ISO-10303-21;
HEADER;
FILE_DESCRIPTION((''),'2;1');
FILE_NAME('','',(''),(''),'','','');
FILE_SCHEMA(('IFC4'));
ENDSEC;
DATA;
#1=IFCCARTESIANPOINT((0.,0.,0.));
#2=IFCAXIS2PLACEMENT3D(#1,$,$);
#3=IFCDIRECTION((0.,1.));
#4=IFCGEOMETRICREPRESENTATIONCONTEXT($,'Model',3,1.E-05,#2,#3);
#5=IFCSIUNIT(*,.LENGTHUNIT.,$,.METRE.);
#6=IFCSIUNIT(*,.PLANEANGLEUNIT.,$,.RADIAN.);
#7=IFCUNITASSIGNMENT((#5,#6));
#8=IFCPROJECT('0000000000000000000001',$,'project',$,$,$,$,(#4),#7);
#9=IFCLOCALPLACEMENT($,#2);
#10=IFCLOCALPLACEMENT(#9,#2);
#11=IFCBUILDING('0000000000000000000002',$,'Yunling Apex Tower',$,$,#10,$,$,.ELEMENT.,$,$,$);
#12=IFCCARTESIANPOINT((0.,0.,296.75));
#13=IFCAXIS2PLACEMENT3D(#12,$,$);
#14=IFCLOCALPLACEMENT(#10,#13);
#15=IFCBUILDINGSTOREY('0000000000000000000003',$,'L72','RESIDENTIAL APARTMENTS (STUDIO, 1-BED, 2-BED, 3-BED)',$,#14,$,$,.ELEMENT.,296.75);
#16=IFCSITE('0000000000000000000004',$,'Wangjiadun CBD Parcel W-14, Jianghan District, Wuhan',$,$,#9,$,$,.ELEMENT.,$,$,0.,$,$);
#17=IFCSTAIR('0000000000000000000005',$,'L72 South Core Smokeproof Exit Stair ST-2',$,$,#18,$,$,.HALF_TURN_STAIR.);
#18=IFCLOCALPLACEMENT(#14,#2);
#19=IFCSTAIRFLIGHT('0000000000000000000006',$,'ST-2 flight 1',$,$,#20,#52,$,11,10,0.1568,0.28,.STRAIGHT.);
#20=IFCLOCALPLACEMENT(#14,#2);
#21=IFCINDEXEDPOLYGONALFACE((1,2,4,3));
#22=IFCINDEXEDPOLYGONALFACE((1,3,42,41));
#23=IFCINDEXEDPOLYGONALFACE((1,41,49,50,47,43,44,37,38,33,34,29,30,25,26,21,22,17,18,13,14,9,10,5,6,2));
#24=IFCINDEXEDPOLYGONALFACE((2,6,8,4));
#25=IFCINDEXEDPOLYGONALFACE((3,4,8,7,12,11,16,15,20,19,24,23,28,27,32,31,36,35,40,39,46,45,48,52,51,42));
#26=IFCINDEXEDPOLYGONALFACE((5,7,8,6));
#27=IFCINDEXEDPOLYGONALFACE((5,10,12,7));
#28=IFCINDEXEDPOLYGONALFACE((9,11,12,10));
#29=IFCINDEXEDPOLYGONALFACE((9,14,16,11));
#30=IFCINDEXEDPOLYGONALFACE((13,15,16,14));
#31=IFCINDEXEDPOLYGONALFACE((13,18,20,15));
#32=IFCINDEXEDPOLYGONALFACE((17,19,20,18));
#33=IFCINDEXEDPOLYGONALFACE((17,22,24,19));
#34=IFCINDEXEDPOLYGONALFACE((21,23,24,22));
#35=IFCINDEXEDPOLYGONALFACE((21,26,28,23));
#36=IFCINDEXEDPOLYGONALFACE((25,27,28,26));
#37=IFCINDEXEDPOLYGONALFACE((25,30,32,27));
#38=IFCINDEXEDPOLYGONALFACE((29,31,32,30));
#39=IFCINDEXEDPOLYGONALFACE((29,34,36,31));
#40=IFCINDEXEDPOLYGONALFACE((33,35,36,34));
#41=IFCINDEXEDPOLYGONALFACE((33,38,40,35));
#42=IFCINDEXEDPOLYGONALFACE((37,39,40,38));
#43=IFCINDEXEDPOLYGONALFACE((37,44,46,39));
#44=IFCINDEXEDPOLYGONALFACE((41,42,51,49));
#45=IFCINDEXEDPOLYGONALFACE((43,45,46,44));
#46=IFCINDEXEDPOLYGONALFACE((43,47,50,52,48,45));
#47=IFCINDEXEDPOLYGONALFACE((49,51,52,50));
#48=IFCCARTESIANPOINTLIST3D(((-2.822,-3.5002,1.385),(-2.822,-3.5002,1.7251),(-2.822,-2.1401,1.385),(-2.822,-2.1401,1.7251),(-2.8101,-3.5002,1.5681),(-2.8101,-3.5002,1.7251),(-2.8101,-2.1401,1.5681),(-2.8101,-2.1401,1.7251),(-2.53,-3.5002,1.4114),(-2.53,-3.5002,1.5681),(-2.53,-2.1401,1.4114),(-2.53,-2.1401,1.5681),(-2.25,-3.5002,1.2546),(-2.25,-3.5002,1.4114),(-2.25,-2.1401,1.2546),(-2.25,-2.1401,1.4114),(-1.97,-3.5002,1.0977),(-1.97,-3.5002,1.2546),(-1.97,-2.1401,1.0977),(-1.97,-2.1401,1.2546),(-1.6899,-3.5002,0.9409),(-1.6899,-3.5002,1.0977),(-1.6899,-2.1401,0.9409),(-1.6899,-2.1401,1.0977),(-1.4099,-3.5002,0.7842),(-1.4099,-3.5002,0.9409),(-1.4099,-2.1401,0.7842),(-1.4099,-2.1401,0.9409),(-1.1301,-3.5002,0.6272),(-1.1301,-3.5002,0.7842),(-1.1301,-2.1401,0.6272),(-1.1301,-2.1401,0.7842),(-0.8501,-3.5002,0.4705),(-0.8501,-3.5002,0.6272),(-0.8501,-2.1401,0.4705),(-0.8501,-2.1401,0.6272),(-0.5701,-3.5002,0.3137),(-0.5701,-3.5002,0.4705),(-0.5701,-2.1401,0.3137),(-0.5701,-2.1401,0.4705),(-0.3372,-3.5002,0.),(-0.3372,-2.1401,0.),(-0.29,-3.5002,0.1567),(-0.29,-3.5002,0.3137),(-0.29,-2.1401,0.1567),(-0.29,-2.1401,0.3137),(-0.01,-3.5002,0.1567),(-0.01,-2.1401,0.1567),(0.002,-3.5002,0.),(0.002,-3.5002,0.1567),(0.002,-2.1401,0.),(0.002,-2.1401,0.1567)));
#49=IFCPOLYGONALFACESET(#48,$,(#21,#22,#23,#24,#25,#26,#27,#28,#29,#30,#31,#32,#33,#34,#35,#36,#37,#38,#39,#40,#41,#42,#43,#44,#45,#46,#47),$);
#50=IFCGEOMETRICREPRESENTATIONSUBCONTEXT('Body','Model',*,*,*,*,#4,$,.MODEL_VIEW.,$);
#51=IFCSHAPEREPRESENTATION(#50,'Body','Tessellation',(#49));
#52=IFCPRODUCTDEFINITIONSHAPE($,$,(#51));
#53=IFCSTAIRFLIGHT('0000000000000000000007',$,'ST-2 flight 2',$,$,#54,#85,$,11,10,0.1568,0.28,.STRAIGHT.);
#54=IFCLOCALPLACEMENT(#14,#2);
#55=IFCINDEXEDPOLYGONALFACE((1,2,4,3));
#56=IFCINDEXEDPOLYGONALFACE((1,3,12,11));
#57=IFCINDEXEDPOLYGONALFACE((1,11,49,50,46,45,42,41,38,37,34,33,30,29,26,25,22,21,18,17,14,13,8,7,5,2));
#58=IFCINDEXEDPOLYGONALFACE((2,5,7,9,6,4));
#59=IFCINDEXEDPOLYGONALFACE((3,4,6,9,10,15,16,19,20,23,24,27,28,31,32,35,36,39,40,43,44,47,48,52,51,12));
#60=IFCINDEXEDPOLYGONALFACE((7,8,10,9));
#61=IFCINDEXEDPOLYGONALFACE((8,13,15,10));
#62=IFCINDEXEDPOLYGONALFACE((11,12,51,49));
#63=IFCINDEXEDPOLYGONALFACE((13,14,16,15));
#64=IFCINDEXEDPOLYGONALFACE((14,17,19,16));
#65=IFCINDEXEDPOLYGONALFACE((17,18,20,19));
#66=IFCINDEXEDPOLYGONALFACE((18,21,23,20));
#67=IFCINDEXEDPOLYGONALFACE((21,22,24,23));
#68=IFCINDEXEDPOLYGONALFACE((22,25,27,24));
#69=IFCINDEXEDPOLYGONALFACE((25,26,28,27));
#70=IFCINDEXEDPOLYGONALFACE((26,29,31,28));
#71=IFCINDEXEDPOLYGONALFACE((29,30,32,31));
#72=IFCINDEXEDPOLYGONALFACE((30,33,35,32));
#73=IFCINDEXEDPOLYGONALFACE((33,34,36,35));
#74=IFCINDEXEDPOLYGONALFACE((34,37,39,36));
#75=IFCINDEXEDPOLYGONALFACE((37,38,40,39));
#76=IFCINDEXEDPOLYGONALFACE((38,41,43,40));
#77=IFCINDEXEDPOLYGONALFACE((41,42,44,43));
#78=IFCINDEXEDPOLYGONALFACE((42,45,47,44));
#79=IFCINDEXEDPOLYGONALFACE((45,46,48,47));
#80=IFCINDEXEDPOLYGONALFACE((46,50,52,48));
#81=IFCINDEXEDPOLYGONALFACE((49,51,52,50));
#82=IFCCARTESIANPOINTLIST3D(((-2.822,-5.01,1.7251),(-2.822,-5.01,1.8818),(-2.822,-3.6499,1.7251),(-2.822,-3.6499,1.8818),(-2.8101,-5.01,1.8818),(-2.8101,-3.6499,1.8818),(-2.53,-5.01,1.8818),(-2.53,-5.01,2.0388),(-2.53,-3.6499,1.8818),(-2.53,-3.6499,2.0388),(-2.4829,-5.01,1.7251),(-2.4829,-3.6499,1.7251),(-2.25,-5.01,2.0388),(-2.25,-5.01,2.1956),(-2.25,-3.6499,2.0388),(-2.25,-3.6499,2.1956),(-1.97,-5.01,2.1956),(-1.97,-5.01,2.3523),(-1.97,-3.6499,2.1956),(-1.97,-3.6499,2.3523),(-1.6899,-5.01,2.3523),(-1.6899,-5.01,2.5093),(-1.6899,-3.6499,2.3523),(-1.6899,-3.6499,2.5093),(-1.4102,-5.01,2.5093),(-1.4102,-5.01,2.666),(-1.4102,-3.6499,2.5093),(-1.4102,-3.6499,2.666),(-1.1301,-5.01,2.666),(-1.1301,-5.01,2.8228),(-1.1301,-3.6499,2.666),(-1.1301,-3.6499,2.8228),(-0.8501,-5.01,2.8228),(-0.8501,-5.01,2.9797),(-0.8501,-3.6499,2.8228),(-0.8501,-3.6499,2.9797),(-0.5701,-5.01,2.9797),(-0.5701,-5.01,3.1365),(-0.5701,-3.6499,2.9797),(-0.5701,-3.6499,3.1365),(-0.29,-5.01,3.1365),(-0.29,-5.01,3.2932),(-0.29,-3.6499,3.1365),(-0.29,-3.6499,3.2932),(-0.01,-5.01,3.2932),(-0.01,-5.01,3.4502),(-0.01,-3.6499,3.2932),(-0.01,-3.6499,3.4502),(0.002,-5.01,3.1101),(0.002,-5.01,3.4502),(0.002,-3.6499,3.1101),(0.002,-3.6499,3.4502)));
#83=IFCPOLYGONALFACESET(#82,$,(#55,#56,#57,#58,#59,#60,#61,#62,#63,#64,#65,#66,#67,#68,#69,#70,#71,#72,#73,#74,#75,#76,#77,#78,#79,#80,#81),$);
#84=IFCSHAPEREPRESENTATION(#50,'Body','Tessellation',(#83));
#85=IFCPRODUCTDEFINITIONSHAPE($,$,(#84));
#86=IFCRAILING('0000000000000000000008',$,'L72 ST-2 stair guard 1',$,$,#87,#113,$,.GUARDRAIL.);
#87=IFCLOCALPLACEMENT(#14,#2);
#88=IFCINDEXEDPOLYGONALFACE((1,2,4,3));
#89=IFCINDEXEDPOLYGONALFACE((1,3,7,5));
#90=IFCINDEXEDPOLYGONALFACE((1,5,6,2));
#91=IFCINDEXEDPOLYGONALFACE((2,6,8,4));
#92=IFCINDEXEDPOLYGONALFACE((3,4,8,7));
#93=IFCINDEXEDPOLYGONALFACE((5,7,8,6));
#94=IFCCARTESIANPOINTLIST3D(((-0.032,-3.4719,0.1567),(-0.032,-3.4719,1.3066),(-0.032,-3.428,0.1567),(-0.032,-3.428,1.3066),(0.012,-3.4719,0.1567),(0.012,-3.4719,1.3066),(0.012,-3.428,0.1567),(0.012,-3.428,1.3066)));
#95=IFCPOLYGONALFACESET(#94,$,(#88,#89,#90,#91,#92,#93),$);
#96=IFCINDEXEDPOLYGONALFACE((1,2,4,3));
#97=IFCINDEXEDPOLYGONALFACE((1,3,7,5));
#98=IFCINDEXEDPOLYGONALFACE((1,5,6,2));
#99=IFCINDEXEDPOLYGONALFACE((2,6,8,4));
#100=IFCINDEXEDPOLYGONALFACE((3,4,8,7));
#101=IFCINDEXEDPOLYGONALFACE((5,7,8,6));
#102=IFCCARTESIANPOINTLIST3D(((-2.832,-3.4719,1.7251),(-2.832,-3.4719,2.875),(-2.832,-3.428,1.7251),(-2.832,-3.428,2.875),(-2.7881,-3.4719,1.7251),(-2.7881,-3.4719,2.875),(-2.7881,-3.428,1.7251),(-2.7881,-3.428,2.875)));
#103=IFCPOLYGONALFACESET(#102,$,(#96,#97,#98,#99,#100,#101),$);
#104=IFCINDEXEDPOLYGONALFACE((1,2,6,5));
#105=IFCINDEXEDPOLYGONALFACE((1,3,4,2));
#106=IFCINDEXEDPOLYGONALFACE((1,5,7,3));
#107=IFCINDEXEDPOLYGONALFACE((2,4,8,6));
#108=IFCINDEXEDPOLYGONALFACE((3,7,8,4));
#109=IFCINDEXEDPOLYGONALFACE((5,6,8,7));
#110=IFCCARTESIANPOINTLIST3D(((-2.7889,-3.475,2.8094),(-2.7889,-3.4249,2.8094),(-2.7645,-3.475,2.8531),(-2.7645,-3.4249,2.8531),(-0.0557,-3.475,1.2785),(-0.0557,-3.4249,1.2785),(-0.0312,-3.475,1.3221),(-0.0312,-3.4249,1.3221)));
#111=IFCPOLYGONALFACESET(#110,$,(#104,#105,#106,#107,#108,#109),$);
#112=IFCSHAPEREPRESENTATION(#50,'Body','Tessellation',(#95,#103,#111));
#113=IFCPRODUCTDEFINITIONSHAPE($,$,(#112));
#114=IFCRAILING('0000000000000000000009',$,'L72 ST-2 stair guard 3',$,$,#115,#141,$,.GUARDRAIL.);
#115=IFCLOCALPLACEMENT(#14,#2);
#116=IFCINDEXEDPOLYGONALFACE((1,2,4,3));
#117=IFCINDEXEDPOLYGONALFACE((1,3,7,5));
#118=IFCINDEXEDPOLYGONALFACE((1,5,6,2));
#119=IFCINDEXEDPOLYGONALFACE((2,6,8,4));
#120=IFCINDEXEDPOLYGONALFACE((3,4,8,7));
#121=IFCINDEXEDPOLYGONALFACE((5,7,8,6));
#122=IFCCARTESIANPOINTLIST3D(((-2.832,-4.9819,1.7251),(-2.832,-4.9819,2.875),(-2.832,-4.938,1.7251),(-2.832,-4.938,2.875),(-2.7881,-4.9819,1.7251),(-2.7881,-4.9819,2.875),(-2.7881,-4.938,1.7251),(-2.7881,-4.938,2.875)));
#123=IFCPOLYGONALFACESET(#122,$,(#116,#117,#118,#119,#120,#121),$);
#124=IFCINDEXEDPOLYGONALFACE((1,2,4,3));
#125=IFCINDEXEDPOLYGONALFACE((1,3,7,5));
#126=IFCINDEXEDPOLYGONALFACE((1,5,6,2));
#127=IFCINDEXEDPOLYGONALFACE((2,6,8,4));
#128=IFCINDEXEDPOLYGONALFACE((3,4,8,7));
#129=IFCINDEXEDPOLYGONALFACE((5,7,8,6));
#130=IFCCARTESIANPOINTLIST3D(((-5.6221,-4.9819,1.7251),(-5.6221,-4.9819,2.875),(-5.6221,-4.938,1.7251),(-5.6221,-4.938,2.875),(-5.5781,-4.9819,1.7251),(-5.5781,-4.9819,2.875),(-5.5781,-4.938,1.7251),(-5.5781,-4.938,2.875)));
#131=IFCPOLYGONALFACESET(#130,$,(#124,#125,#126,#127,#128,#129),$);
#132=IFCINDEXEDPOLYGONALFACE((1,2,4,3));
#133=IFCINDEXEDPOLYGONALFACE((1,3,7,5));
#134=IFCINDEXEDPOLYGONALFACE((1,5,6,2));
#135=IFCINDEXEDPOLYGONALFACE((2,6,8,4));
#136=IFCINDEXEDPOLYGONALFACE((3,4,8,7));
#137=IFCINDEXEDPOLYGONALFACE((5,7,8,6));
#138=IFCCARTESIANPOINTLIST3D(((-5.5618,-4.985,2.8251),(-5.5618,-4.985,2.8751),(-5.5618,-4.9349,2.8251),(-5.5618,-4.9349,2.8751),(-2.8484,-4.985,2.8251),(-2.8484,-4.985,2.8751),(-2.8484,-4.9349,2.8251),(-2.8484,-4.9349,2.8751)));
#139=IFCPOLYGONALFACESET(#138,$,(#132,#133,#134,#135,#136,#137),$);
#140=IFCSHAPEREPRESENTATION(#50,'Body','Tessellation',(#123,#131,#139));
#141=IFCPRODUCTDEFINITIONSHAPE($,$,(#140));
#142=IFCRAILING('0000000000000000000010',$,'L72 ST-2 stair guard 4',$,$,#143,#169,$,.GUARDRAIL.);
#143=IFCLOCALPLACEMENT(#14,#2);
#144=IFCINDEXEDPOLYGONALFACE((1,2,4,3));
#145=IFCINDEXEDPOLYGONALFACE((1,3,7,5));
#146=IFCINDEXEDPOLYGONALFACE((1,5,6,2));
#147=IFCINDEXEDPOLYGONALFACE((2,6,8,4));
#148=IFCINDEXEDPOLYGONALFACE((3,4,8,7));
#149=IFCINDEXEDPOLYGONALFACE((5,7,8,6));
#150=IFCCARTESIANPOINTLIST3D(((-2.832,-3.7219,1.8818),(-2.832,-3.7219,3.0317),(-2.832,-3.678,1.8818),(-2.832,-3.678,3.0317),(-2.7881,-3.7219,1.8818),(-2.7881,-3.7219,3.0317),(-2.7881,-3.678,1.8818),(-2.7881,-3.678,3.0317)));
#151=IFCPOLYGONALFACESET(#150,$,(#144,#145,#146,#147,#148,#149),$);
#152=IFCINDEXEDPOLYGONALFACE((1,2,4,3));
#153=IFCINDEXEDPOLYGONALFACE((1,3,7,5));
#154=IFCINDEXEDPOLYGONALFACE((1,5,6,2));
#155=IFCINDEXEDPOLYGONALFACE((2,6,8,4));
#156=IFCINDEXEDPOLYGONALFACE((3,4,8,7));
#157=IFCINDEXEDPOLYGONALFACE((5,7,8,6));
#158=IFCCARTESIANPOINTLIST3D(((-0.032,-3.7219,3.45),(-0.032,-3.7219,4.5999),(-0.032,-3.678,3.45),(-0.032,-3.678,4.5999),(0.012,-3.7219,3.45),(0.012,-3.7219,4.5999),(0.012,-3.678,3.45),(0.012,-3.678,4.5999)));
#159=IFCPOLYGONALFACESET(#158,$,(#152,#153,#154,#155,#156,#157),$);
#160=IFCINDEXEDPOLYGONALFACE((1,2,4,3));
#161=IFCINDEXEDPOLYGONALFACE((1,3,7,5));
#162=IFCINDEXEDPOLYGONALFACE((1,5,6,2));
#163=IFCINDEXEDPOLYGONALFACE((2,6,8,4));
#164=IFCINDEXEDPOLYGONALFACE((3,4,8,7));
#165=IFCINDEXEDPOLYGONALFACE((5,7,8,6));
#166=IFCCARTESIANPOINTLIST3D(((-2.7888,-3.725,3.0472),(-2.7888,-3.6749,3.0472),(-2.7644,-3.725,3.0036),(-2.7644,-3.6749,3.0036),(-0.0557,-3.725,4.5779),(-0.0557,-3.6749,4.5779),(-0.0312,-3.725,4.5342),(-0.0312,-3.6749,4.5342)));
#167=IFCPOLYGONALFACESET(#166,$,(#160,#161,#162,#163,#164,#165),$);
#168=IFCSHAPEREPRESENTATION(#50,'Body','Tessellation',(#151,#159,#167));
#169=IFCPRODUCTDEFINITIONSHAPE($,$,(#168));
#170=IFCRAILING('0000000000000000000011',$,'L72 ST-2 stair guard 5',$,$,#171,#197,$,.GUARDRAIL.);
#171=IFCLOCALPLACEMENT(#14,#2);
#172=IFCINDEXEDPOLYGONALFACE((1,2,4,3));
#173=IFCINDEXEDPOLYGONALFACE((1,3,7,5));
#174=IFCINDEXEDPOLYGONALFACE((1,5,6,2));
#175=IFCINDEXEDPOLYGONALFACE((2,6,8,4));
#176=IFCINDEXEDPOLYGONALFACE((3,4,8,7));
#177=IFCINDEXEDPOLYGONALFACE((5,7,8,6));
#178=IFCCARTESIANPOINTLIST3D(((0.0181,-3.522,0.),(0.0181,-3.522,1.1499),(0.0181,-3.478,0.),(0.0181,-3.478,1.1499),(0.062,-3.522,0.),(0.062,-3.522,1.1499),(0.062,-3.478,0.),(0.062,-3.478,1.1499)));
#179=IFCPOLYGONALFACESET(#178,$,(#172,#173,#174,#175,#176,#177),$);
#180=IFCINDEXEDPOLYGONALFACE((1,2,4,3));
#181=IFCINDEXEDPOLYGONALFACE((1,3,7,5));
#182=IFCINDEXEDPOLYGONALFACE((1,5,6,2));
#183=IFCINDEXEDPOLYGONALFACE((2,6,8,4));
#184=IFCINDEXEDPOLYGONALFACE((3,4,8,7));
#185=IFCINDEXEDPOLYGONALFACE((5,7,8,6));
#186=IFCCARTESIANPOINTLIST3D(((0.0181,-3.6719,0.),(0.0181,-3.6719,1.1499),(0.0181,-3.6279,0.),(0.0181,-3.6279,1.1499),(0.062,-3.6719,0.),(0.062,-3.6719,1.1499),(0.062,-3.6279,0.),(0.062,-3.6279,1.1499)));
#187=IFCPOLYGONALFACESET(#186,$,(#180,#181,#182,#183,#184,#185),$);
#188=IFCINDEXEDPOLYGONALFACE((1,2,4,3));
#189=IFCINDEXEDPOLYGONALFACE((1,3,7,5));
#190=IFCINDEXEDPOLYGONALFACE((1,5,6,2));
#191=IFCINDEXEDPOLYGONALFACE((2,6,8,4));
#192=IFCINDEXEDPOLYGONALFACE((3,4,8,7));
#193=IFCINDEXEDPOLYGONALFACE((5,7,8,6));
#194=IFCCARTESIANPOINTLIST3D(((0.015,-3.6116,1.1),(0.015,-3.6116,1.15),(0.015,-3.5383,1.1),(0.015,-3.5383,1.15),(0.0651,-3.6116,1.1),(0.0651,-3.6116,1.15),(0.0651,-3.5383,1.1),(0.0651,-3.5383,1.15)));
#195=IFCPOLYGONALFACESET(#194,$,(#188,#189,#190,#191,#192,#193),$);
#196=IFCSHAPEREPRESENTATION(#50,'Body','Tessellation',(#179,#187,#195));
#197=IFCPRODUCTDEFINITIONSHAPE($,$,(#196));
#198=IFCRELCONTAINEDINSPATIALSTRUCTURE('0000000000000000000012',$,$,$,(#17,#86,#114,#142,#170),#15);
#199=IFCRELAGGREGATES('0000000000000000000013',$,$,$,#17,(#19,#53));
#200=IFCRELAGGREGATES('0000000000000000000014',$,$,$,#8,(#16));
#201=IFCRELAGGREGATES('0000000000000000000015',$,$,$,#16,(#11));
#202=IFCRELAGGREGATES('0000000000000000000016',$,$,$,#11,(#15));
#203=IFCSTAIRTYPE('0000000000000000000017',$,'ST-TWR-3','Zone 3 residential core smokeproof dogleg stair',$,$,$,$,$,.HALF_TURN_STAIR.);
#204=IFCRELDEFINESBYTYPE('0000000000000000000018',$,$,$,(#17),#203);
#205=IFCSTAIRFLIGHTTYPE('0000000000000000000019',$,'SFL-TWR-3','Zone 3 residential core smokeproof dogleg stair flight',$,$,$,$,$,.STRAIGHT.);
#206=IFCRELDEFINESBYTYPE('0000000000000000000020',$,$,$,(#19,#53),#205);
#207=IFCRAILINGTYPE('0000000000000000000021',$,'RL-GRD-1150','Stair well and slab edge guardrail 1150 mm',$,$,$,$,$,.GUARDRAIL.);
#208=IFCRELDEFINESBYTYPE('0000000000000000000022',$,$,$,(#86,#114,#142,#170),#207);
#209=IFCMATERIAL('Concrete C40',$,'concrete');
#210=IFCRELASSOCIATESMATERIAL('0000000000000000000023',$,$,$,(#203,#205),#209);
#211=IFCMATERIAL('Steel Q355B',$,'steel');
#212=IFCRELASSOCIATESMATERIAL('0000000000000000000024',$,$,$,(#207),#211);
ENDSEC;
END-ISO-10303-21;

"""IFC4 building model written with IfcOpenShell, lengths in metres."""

from ifc_helpers import new_model, si_unit, direction, frame, origin, origin_2d, place, context, subcontext, project, spatial, polyline, rectangle, outline, extrude, material, type_object, element, aggregate, save


model = new_model("IFC4")

# Units and contexts
model_context = context("Model", 3, precision=1e-05, world=origin(), true_north=direction((0.0, 1.0)))
body_context = subcontext(model_context, "Body", "Model", "MODEL_VIEW")
ifc_project = project(units=[si_unit("LENGTHUNIT", "METRE"), si_unit("PLANEANGLEUNIT", "RADIAN")], contexts=[model_context])

# Site, building, storey
site_placement = place(None, origin())
site = spatial("IfcSite", under=ifc_project, at=site_placement, Name="Wangjiadun CBD Parcel W-14, Jianghan District, Wuhan", CompositionType="ELEMENT", RefElevation=0.0)
building_placement = place(site_placement, origin())
building = spatial("IfcBuilding", under=site, at=building_placement, Name="Yunling Apex Tower", CompositionType="ELEMENT")
storey_placement = place(building_placement, frame((0.0, 0.0, 296.75)))
storey = spatial("IfcBuildingStorey", under=building, at=storey_placement, Name="L72", Description="RESIDENTIAL APARTMENTS (STUDIO, 1-BED, 2-BED, 3-BED)", CompositionType="ELEMENT", Elevation=296.75)

# Shared definitions
ifc_material_1 = material(Name="Steel Q355B", Category="steel")

# Shared definitions
ifc_material_2 = material(Name="Concrete C40", Category="concrete")

# Stair, stair flights
stair_type = type_object("IfcStairType", Name="ST-TWR-3", Description="Zone 3 residential core smokeproof dogleg stair", PredefinedType="HALF_TURN_STAIR", material=ifc_material_2)
stair_placement = place(storey_placement, origin())
stair = element("IfcStair", 1, at=stair_placement, inside=storey, type_object=stair_type, Name="L72 South Core Smokeproof Exit Stair ST-2", PredefinedType="HALF_TURN_STAIR")
stair_flight_type = type_object("IfcStairFlightType", Name="SFL-TWR-3", Description="Zone 3 residential core smokeproof dogleg stair flight", PredefinedType="STRAIGHT", material=ifc_material_2)
stair_flight_1_placement = place(storey_placement, frame((-0.01, -2.8201, 0.0), z_axis=(0.0, 0.0, 1.0), x_axis=(-1.0, 0.0, 0.0)))
stair_flight_1 = element("IfcStairFlight", 2, at=stair_flight_1_placement, type_object=stair_flight_type, Name="ST-2 flight 1", NumberOfRisers=11, NumberOfTreads=10, PredefinedType="STRAIGHT", RiserHeight=0.1568, TreadLength=0.28, context=body_context, shape_type="SweptSolid", body=[
    extrude(outline(polyline([(-0.012, 0.0), (-0.012, 0.1567), (0.0, 0.1567), (0.28, 0.1567), (0.28, 0.3137), (0.5601, 0.3137), (0.5601, 0.4705), (0.8401, 0.4705), (0.8401, 0.6272), (1.1201, 0.6272), (1.1201, 0.7842), (1.3999, 0.7842), (1.3999, 0.9409), (1.6799, 0.9409), (1.6799, 1.0977), (1.96, 1.0977), (1.96, 1.2546), (2.24, 1.2546), (2.24, 1.4114), (2.52, 1.4114), (2.52, 1.5681), (2.8, 1.5681), (2.8, 1.7251), (2.812, 1.7251), (2.812, 1.385), (0.3271, 0.0), (-0.012, 0.0)])), frame((0.0, 0.6802, 0.0), z_axis=(0.0, -1.0, 0.0), x_axis=(1.0, 0.0, 0.0)), (0.0, 0.0, 1.0), 1.3601),
])
stair_flight_2_placement = place(storey_placement, frame((-2.8101, -4.3301, 1.7251), z_axis=(0.0, 0.0, 1.0), x_axis=(1.0, 0.0, 0.0)))
stair_flight_2 = element("IfcStairFlight", 3, at=stair_flight_2_placement, type_object=stair_flight_type, Name="ST-2 flight 2", NumberOfRisers=11, NumberOfTreads=10, PredefinedType="STRAIGHT", RiserHeight=0.1568, TreadLength=0.28, context=body_context, shape_type="SweptSolid", body=[
    extrude(outline(polyline([(-0.012, 0.0), (-0.012, 0.1567), (0.0, 0.1567), (0.28, 0.1567), (0.28, 0.3137), (0.5601, 0.3137), (0.5601, 0.4705), (0.8401, 0.4705), (0.8401, 0.6272), (1.1201, 0.6272), (1.1201, 0.7842), (1.3999, 0.7842), (1.3999, 0.9409), (1.6799, 0.9409), (1.6799, 1.0977), (1.96, 1.0977), (1.96, 1.2546), (2.24, 1.2546), (2.24, 1.4114), (2.52, 1.4114), (2.52, 1.5681), (2.8, 1.5681), (2.8, 1.7251), (2.812, 1.7251), (2.812, 1.385), (0.3271, 0.0), (-0.012, 0.0)])), frame((0.0, 0.6802, 0.0), z_axis=(0.0, -1.0, 0.0), x_axis=(1.0, 0.0, 0.0)), (0.0, 0.0, 1.0), 1.3601),
])
aggregate(stair, [stair_flight_1, stair_flight_2])

# Railings
railing_type_1 = type_object("IfcRailingType", Name="RL-GRD-1150", Description="Stair well and slab edge guardrail 1150 mm", PredefinedType="GUARDRAIL", material=ifc_material_1)
railing_1_placement = place(storey_placement, frame((-0.01, -3.45, 0.1567)))
element("IfcRailing", 4, at=railing_1_placement, inside=storey, type_object=railing_type_1, Name="L72 ST-2 stair guard 1", PredefinedType="GUARDRAIL", context=body_context, shape_type="SweptSolid", body=[
    extrude(rectangle(XDim=0.0439, YDim=0.0439, at=origin_2d()), origin(), (0.0, 0.0, 1.0), 1.1499),
    extrude(rectangle(XDim=0.0439, YDim=0.0439, at=origin_2d()), frame((-2.8, 0.0, 1.5684)), (0.0, 0.0, 1.0), 1.1499),
    extrude(rectangle(XDim=0.05, YDim=0.05, at=origin_2d()), frame((-0.0334, 0.0, 1.1436), z_axis=(-0.872462, 0.0, 0.488682), x_axis=(0.0, -1.0, 0.0)), (0.0, 0.0, 1.0), 3.1328),
])
railing_2_placement = place(storey_placement, frame((-2.8101, -4.96, 1.7251)))
element("IfcRailing", 5, at=railing_2_placement, inside=storey, type_object=railing_type_1, Name="L72 ST-2 stair guard 3", PredefinedType="GUARDRAIL", context=body_context, shape_type="SweptSolid", body=[
    extrude(rectangle(XDim=0.0439, YDim=0.0439, at=origin_2d()), origin(), (0.0, 0.0, 1.0), 1.1499),
    extrude(rectangle(XDim=0.0439, YDim=0.0439, at=origin_2d()), frame((-2.79, 0.0, 0.0)), (0.0, 0.0, 1.0), 1.1499),
    extrude(rectangle(XDim=0.05, YDim=0.05, at=origin_2d()), frame((-0.0383, 0.0, 1.125), z_axis=(-1.0, 0.0, 0.0), x_axis=(0.0, -1.0, 0.0)), (0.0, 0.0, 1.0), 2.7134),
])
railing_3_placement = place(storey_placement, frame((-2.8101, -3.7, 1.8818)))
element("IfcRailing", 6, at=railing_3_placement, inside=storey, type_object=railing_type_1, Name="L72 ST-2 stair guard 4", PredefinedType="GUARDRAIL", context=body_context, shape_type="SweptSolid", body=[
    extrude(rectangle(XDim=0.0439, YDim=0.0439, at=origin_2d()), origin(), (0.0, 0.0, 1.0), 1.1499),
    extrude(rectangle(XDim=0.0439, YDim=0.0439, at=origin_2d()), frame((2.8, 0.0, 1.5681)), (0.0, 0.0, 1.0), 1.1499),
    extrude(rectangle(XDim=0.05, YDim=0.05, at=origin_2d()), frame((0.0334, 0.0, 1.1436), z_axis=(0.872494, 0.0, 0.488624), x_axis=(0.0, 1.0, 0.0)), (0.0, 0.0, 1.0), 3.1326),
])
railing_4_placement = place(storey_placement, frame((0.04, -3.5, 0.0)))
element("IfcRailing", 7, at=railing_4_placement, inside=storey, type_object=railing_type_1, Name="L72 ST-2 stair guard 5", PredefinedType="GUARDRAIL", context=body_context, shape_type="SweptSolid", body=[
    extrude(rectangle(XDim=0.0439, YDim=0.0439, at=origin_2d()), origin(), (0.0, 0.0, 1.0), 1.1499),
    extrude(rectangle(XDim=0.0439, YDim=0.0439, at=origin_2d()), frame((0.0, -0.1499, 0.0)), (0.0, 0.0, 1.0), 1.1499),
    extrude(rectangle(XDim=0.05, YDim=0.05, at=origin_2d()), frame((0.0, -0.0383, 1.125), z_axis=(0.0, -1.0, 0.0), x_axis=(1.0, 0.0, 0.0)), (0.0, 0.0, 1.0), 0.0732),
])

save(model, "model.ifc")
